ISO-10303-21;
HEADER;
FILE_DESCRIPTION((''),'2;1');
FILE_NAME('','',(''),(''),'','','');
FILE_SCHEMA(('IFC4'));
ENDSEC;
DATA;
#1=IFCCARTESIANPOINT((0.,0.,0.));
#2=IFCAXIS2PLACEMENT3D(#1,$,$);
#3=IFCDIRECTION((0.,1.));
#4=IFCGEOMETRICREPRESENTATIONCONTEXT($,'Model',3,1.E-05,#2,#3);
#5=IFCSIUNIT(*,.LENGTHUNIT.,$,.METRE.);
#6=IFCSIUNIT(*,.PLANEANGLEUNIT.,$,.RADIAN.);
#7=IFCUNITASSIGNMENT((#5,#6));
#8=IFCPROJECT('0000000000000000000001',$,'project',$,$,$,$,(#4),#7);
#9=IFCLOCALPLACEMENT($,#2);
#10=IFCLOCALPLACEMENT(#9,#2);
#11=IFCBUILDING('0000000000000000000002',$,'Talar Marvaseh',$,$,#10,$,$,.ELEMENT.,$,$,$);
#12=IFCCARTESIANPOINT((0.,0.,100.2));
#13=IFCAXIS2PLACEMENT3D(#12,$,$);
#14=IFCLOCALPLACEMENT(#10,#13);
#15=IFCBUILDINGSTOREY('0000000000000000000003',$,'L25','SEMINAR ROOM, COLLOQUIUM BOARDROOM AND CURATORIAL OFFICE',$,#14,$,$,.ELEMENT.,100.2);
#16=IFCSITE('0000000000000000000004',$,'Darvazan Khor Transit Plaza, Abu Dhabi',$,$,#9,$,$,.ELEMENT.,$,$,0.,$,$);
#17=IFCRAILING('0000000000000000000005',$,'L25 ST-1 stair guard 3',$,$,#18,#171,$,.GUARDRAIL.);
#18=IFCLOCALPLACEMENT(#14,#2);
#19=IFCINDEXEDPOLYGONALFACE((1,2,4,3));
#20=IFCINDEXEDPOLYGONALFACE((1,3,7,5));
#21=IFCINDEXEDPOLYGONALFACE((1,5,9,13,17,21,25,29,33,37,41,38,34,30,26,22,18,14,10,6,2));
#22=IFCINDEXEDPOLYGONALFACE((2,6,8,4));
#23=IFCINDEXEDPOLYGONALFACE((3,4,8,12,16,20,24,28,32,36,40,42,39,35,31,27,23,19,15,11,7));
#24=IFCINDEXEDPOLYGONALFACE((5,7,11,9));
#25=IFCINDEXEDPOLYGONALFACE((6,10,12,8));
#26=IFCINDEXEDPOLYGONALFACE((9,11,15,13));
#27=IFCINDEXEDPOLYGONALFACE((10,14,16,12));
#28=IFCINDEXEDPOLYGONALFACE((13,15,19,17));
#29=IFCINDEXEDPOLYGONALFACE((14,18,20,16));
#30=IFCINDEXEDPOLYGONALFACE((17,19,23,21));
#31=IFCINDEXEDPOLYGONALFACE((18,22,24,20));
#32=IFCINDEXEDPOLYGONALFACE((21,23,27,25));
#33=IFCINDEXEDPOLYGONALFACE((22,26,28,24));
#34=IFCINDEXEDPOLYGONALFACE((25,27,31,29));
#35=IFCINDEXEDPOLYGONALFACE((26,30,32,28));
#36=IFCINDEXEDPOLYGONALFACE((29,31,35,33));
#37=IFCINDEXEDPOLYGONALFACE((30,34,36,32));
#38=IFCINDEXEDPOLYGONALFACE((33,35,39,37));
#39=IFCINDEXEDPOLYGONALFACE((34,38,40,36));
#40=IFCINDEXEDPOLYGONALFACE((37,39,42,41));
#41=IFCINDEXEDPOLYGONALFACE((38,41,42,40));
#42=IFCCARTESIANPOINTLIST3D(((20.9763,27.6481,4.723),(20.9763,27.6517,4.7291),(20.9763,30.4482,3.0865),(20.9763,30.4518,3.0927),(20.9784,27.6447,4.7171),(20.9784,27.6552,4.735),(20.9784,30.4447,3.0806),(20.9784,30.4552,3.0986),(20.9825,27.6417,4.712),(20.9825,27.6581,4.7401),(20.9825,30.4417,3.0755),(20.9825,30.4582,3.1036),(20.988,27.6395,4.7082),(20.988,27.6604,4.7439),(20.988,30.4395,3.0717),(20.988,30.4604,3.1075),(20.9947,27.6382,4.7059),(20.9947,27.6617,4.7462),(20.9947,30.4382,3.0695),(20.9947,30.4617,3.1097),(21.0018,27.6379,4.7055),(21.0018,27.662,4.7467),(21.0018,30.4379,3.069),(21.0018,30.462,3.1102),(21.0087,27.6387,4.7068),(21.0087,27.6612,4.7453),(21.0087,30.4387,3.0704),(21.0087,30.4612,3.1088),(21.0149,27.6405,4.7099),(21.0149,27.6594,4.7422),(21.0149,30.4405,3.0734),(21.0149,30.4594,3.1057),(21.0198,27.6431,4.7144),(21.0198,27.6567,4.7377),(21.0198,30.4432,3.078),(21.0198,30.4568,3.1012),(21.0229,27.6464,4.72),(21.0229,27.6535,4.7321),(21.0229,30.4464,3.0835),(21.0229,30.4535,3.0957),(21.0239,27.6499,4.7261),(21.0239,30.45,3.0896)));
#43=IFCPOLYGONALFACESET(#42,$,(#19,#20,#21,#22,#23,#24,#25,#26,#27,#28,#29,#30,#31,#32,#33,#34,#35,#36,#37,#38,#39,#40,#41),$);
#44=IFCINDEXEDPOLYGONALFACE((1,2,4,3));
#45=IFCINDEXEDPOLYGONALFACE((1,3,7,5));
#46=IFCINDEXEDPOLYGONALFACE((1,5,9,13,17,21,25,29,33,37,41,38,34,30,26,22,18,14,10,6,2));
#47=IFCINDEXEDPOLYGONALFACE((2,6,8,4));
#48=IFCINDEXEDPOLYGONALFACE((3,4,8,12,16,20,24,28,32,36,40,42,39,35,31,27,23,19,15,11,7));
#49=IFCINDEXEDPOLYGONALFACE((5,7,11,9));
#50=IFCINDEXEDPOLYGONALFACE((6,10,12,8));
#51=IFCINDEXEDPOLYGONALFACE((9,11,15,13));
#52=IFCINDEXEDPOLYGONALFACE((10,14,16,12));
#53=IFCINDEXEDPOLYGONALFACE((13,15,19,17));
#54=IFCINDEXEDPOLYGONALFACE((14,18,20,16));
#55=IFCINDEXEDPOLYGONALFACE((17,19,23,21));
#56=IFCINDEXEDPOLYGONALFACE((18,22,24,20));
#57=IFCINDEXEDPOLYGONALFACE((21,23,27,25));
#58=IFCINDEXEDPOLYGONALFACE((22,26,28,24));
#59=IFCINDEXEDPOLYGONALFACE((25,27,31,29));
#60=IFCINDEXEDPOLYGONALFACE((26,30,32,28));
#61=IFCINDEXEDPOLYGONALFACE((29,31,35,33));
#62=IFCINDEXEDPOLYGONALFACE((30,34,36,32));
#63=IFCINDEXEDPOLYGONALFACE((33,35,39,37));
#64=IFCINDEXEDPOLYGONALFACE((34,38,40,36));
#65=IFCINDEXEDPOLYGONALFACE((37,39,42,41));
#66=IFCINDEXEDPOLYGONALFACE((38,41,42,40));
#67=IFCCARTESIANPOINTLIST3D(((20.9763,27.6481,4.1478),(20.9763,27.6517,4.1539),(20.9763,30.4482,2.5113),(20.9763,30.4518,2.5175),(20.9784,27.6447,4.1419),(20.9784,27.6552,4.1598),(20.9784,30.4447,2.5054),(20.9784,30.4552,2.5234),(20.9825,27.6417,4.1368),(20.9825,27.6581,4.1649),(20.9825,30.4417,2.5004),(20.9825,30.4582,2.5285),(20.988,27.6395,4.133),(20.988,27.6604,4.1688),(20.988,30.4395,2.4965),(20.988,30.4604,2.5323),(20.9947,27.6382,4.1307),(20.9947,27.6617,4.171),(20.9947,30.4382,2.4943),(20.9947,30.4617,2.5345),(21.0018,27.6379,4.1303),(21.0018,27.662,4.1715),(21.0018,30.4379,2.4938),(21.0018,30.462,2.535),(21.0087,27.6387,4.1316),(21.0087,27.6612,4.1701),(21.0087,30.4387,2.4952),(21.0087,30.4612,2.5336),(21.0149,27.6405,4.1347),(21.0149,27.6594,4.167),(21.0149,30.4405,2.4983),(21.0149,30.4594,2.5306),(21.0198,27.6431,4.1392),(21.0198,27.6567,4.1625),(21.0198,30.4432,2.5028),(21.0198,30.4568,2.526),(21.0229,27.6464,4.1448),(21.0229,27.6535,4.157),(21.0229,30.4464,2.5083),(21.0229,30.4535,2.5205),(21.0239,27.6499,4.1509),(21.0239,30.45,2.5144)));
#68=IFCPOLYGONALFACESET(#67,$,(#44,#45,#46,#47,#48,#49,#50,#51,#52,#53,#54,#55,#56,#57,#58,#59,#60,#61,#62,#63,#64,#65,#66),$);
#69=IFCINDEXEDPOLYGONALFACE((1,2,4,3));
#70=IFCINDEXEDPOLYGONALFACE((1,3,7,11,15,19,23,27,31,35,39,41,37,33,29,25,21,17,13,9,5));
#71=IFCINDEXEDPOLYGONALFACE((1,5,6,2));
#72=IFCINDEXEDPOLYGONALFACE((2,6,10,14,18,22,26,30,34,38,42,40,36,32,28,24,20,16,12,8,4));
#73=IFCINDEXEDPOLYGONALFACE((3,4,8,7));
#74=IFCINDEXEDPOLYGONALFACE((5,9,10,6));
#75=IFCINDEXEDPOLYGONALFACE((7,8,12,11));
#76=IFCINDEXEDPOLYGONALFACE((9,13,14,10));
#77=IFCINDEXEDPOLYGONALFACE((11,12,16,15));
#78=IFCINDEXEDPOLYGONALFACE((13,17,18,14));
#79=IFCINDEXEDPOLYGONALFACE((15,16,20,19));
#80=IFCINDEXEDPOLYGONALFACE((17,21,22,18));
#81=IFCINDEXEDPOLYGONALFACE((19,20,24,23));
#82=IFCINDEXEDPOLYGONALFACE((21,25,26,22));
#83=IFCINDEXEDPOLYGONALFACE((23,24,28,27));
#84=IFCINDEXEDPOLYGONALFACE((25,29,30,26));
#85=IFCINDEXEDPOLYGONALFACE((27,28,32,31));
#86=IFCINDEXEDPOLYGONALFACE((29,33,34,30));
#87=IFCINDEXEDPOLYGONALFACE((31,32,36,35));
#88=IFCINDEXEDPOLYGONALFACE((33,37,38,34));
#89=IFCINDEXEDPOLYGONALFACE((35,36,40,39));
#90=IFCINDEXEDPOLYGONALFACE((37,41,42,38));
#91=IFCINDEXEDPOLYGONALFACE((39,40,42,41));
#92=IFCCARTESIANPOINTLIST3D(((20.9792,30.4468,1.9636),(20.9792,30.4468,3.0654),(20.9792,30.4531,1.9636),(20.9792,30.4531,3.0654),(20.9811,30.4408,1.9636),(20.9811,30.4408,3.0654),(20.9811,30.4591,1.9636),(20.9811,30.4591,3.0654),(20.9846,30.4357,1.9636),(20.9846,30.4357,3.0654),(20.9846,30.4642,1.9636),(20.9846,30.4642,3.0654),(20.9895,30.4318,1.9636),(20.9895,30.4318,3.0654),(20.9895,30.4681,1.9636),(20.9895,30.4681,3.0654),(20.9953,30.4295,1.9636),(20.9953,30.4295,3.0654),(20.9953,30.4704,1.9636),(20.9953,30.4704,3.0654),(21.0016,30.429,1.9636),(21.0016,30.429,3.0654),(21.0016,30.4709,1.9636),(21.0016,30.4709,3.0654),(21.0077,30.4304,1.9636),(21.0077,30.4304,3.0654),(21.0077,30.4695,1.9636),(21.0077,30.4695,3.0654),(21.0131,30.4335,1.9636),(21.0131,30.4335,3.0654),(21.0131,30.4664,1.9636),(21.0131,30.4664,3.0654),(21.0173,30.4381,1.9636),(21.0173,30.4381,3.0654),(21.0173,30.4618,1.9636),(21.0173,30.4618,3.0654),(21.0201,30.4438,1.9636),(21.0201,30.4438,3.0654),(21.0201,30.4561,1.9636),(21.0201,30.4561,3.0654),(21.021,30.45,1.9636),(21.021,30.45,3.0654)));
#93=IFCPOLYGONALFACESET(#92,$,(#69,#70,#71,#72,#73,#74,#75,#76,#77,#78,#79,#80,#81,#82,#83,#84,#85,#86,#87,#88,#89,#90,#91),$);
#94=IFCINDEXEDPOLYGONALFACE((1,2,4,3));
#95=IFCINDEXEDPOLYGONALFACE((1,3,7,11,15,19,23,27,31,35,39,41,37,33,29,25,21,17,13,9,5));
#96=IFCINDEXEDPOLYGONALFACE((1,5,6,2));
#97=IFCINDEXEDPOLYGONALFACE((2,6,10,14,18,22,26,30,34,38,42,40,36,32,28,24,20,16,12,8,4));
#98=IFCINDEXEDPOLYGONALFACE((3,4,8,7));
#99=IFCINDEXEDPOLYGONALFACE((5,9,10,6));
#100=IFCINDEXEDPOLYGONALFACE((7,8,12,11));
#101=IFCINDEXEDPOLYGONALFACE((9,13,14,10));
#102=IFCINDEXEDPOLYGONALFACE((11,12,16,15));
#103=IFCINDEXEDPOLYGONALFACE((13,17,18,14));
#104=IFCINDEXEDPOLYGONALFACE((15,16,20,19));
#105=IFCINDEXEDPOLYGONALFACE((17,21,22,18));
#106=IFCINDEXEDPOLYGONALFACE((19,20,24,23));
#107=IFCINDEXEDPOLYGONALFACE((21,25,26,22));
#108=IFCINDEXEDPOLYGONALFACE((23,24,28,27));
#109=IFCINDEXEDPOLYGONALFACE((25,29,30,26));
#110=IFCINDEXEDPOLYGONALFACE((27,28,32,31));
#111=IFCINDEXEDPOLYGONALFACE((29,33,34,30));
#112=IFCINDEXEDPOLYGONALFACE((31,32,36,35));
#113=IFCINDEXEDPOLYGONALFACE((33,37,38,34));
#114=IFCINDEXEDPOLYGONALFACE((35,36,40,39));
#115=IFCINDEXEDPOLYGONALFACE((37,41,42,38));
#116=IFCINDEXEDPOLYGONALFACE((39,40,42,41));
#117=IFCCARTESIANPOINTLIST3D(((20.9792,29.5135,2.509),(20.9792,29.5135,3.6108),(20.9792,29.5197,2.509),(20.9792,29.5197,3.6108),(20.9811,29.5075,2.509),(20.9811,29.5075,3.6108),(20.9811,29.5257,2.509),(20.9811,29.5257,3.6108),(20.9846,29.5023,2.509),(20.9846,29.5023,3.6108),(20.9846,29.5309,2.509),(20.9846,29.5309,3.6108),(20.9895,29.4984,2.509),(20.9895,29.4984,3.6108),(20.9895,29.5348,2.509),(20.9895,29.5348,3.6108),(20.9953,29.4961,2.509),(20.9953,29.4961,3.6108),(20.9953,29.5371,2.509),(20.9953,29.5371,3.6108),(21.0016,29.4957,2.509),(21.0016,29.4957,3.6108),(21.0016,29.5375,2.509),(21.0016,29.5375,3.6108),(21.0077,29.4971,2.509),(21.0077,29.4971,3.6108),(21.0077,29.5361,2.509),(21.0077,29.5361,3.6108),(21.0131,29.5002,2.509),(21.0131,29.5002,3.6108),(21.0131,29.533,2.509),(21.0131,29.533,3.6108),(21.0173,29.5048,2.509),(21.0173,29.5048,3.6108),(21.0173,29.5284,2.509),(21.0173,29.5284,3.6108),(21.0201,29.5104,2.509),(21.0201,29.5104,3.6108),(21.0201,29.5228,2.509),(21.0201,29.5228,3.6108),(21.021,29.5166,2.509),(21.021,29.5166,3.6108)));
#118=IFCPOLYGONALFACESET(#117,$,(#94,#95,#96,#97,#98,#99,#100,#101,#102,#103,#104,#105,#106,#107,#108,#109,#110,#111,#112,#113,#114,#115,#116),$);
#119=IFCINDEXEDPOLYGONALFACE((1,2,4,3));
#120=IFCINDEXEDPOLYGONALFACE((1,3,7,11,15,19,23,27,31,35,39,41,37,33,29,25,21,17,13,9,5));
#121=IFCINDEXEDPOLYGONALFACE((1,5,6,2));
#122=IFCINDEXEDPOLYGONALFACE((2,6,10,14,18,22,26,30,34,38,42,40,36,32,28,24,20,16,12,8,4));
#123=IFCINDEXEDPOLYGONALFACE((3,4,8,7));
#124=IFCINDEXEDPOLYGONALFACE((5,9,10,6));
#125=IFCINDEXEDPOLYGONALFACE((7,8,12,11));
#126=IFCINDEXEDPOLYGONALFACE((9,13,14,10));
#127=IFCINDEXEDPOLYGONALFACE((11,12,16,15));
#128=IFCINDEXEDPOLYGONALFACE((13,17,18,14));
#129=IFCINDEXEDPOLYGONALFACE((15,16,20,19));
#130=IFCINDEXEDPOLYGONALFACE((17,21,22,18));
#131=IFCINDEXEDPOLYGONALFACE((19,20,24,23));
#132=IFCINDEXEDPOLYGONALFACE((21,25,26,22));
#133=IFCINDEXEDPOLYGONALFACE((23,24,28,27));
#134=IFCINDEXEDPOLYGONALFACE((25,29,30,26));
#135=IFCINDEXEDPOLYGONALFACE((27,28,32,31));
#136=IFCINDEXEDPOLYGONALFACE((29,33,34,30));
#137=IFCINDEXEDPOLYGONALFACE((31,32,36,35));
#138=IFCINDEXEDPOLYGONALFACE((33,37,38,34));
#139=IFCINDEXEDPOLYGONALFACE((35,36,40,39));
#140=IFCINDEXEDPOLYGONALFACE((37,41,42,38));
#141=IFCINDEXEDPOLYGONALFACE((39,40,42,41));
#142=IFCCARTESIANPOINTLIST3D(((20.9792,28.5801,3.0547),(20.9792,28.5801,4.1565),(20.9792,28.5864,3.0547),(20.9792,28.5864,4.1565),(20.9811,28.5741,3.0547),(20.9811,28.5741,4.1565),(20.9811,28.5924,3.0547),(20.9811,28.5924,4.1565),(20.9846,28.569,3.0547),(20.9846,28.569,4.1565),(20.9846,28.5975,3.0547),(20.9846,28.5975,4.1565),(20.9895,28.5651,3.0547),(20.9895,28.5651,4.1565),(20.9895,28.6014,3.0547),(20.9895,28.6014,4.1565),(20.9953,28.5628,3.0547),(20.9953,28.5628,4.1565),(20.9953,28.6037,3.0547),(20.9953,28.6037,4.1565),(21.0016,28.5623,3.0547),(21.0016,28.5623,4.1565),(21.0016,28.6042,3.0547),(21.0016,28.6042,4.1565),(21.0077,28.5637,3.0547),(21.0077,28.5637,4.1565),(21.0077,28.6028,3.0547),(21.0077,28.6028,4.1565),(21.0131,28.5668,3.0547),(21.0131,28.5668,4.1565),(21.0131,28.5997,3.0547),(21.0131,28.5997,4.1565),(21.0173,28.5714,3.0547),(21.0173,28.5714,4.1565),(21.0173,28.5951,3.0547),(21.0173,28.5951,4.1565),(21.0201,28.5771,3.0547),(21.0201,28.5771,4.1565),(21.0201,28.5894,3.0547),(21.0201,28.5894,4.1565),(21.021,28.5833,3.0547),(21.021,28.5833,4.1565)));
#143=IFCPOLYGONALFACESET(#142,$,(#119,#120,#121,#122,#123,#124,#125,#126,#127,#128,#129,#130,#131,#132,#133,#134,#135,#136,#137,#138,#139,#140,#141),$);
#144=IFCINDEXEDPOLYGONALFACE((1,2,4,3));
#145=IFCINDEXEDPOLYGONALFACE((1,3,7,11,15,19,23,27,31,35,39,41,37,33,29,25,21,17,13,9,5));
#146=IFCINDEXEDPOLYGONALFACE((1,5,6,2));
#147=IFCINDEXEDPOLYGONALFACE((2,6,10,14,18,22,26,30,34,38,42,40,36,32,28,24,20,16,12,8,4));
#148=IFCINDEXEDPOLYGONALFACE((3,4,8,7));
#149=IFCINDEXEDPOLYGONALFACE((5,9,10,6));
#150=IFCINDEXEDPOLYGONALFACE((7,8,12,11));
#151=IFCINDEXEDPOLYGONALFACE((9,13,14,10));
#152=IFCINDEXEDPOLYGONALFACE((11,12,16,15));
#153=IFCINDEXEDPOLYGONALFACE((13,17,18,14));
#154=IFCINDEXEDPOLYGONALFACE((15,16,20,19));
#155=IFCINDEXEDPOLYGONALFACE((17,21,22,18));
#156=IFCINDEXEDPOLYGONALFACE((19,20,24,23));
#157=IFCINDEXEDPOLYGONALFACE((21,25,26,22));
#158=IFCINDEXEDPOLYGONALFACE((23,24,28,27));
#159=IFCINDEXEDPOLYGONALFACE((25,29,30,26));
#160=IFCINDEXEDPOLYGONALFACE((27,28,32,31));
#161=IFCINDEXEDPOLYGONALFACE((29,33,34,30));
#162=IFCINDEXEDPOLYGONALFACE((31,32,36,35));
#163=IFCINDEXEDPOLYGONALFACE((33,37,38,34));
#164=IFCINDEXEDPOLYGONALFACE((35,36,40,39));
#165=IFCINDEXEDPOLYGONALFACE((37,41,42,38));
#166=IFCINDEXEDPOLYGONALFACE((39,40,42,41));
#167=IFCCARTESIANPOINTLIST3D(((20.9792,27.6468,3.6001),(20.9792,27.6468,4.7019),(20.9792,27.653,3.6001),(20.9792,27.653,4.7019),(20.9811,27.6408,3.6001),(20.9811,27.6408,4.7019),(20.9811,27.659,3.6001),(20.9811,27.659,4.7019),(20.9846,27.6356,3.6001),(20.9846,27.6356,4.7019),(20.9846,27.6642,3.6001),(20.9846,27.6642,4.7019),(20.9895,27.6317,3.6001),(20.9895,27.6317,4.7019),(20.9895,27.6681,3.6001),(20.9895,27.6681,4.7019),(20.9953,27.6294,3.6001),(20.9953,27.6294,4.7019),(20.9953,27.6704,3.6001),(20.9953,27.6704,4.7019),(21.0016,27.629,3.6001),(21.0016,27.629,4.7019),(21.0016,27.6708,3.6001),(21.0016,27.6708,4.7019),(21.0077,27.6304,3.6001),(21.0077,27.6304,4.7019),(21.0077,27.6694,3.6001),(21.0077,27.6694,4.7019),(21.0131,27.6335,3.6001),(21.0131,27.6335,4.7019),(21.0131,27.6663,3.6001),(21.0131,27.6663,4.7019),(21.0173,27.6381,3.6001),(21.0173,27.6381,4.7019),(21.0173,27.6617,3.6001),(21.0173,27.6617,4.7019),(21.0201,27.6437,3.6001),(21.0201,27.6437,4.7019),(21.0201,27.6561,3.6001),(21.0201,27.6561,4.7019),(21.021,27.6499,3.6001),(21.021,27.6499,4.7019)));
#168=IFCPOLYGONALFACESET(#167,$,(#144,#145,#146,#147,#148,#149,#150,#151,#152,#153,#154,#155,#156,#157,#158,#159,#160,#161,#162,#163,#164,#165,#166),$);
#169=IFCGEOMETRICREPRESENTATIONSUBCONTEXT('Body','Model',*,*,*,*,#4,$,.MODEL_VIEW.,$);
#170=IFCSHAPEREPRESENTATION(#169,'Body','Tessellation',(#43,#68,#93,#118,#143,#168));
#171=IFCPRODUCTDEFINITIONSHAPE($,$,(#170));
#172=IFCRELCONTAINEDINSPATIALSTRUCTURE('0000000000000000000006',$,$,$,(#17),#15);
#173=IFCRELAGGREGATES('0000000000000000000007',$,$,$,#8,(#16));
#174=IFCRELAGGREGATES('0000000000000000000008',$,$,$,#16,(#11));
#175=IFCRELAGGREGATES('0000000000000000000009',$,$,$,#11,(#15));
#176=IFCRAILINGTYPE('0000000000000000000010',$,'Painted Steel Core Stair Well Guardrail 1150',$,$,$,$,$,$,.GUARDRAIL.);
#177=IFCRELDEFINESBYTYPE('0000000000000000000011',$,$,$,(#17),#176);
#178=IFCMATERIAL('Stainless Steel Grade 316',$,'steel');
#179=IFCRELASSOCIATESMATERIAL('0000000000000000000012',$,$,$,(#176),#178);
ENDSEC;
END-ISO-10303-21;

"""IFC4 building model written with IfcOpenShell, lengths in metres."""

from ifc_helpers import new_model, si_unit, direction, frame, origin, origin_2d, place, context, subcontext, project, spatial, circle, extrude, material, type_object, element, save


model = new_model("IFC4")

# Units and contexts
model_context = context("Model", 3, precision=1e-05, world=origin(), true_north=direction((0.0, 1.0)))
body_context = subcontext(model_context, "Body", "Model", "MODEL_VIEW")
ifc_project = project(units=[si_unit("LENGTHUNIT", "METRE"), si_unit("PLANEANGLEUNIT", "RADIAN")], contexts=[model_context])

# Site, building, storey
site_placement = place(None, origin())
site = spatial("IfcSite", under=ifc_project, at=site_placement, Name="Darvazan Khor Transit Plaza, Abu Dhabi", CompositionType="ELEMENT", RefElevation=0.0)
building_placement = place(site_placement, origin())
building = spatial("IfcBuilding", under=site, at=building_placement, Name="Talar Marvaseh", CompositionType="ELEMENT")
storey_placement = place(building_placement, frame((0.0, 0.0, 100.2)))
storey = spatial("IfcBuildingStorey", under=building, at=storey_placement, Name="L25", Description="SEMINAR ROOM, COLLOQUIUM BOARDROOM AND CURATORIAL OFFICE", CompositionType="ELEMENT", Elevation=100.2)

# Railing
ifc_material_1 = material(Name="Stainless Steel Grade 316", Category="steel")
railing_type_1 = type_object("IfcRailingType", Name="Painted Steel Core Stair Well Guardrail 1150", PredefinedType="GUARDRAIL", material=ifc_material_1)
railing_1_placement = place(storey_placement, frame((21.0, 30.45, 1.9636)))
element("IfcRailing", 1, at=railing_1_placement, inside=storey, type_object=railing_type_1, Name="L25 ST-1 stair guard 3", PredefinedType="GUARDRAIL", context=body_context, shape_type="SweptSolid", body=[
    extrude(circle(Radius=0.0239, at=origin_2d()), frame((0.0, 0.0, 1.126), z_axis=(0.0, -0.863361, 0.504587), x_axis=(1.0, 0.0, 0.0)), (0.0, 0.0, 1.0), 3.2432),
    extrude(circle(Radius=0.0239, at=origin_2d()), frame((0.0, 0.0, 0.5508), z_axis=(0.0, -0.863361, 0.504587), x_axis=(1.0, 0.0, 0.0)), (0.0, 0.0, 1.0), 3.2432),
    extrude(circle(Radius=0.021, at=origin_2d()), origin(), (0.0, 0.0, 1.0), 1.1018),
    extrude(circle(Radius=0.021, at=origin_2d()), frame((0.0, -0.9333, 0.5454)), (0.0, 0.0, 1.0), 1.1018),
    extrude(circle(Radius=0.021, at=origin_2d()), frame((0.0, -1.8667, 1.0911)), (0.0, 0.0, 1.0), 1.1018),
    extrude(circle(Radius=0.021, at=origin_2d()), frame((0.0, -2.8, 1.6365)), (0.0, 0.0, 1.0), 1.1018),
])

save(model, "model.ifc")
